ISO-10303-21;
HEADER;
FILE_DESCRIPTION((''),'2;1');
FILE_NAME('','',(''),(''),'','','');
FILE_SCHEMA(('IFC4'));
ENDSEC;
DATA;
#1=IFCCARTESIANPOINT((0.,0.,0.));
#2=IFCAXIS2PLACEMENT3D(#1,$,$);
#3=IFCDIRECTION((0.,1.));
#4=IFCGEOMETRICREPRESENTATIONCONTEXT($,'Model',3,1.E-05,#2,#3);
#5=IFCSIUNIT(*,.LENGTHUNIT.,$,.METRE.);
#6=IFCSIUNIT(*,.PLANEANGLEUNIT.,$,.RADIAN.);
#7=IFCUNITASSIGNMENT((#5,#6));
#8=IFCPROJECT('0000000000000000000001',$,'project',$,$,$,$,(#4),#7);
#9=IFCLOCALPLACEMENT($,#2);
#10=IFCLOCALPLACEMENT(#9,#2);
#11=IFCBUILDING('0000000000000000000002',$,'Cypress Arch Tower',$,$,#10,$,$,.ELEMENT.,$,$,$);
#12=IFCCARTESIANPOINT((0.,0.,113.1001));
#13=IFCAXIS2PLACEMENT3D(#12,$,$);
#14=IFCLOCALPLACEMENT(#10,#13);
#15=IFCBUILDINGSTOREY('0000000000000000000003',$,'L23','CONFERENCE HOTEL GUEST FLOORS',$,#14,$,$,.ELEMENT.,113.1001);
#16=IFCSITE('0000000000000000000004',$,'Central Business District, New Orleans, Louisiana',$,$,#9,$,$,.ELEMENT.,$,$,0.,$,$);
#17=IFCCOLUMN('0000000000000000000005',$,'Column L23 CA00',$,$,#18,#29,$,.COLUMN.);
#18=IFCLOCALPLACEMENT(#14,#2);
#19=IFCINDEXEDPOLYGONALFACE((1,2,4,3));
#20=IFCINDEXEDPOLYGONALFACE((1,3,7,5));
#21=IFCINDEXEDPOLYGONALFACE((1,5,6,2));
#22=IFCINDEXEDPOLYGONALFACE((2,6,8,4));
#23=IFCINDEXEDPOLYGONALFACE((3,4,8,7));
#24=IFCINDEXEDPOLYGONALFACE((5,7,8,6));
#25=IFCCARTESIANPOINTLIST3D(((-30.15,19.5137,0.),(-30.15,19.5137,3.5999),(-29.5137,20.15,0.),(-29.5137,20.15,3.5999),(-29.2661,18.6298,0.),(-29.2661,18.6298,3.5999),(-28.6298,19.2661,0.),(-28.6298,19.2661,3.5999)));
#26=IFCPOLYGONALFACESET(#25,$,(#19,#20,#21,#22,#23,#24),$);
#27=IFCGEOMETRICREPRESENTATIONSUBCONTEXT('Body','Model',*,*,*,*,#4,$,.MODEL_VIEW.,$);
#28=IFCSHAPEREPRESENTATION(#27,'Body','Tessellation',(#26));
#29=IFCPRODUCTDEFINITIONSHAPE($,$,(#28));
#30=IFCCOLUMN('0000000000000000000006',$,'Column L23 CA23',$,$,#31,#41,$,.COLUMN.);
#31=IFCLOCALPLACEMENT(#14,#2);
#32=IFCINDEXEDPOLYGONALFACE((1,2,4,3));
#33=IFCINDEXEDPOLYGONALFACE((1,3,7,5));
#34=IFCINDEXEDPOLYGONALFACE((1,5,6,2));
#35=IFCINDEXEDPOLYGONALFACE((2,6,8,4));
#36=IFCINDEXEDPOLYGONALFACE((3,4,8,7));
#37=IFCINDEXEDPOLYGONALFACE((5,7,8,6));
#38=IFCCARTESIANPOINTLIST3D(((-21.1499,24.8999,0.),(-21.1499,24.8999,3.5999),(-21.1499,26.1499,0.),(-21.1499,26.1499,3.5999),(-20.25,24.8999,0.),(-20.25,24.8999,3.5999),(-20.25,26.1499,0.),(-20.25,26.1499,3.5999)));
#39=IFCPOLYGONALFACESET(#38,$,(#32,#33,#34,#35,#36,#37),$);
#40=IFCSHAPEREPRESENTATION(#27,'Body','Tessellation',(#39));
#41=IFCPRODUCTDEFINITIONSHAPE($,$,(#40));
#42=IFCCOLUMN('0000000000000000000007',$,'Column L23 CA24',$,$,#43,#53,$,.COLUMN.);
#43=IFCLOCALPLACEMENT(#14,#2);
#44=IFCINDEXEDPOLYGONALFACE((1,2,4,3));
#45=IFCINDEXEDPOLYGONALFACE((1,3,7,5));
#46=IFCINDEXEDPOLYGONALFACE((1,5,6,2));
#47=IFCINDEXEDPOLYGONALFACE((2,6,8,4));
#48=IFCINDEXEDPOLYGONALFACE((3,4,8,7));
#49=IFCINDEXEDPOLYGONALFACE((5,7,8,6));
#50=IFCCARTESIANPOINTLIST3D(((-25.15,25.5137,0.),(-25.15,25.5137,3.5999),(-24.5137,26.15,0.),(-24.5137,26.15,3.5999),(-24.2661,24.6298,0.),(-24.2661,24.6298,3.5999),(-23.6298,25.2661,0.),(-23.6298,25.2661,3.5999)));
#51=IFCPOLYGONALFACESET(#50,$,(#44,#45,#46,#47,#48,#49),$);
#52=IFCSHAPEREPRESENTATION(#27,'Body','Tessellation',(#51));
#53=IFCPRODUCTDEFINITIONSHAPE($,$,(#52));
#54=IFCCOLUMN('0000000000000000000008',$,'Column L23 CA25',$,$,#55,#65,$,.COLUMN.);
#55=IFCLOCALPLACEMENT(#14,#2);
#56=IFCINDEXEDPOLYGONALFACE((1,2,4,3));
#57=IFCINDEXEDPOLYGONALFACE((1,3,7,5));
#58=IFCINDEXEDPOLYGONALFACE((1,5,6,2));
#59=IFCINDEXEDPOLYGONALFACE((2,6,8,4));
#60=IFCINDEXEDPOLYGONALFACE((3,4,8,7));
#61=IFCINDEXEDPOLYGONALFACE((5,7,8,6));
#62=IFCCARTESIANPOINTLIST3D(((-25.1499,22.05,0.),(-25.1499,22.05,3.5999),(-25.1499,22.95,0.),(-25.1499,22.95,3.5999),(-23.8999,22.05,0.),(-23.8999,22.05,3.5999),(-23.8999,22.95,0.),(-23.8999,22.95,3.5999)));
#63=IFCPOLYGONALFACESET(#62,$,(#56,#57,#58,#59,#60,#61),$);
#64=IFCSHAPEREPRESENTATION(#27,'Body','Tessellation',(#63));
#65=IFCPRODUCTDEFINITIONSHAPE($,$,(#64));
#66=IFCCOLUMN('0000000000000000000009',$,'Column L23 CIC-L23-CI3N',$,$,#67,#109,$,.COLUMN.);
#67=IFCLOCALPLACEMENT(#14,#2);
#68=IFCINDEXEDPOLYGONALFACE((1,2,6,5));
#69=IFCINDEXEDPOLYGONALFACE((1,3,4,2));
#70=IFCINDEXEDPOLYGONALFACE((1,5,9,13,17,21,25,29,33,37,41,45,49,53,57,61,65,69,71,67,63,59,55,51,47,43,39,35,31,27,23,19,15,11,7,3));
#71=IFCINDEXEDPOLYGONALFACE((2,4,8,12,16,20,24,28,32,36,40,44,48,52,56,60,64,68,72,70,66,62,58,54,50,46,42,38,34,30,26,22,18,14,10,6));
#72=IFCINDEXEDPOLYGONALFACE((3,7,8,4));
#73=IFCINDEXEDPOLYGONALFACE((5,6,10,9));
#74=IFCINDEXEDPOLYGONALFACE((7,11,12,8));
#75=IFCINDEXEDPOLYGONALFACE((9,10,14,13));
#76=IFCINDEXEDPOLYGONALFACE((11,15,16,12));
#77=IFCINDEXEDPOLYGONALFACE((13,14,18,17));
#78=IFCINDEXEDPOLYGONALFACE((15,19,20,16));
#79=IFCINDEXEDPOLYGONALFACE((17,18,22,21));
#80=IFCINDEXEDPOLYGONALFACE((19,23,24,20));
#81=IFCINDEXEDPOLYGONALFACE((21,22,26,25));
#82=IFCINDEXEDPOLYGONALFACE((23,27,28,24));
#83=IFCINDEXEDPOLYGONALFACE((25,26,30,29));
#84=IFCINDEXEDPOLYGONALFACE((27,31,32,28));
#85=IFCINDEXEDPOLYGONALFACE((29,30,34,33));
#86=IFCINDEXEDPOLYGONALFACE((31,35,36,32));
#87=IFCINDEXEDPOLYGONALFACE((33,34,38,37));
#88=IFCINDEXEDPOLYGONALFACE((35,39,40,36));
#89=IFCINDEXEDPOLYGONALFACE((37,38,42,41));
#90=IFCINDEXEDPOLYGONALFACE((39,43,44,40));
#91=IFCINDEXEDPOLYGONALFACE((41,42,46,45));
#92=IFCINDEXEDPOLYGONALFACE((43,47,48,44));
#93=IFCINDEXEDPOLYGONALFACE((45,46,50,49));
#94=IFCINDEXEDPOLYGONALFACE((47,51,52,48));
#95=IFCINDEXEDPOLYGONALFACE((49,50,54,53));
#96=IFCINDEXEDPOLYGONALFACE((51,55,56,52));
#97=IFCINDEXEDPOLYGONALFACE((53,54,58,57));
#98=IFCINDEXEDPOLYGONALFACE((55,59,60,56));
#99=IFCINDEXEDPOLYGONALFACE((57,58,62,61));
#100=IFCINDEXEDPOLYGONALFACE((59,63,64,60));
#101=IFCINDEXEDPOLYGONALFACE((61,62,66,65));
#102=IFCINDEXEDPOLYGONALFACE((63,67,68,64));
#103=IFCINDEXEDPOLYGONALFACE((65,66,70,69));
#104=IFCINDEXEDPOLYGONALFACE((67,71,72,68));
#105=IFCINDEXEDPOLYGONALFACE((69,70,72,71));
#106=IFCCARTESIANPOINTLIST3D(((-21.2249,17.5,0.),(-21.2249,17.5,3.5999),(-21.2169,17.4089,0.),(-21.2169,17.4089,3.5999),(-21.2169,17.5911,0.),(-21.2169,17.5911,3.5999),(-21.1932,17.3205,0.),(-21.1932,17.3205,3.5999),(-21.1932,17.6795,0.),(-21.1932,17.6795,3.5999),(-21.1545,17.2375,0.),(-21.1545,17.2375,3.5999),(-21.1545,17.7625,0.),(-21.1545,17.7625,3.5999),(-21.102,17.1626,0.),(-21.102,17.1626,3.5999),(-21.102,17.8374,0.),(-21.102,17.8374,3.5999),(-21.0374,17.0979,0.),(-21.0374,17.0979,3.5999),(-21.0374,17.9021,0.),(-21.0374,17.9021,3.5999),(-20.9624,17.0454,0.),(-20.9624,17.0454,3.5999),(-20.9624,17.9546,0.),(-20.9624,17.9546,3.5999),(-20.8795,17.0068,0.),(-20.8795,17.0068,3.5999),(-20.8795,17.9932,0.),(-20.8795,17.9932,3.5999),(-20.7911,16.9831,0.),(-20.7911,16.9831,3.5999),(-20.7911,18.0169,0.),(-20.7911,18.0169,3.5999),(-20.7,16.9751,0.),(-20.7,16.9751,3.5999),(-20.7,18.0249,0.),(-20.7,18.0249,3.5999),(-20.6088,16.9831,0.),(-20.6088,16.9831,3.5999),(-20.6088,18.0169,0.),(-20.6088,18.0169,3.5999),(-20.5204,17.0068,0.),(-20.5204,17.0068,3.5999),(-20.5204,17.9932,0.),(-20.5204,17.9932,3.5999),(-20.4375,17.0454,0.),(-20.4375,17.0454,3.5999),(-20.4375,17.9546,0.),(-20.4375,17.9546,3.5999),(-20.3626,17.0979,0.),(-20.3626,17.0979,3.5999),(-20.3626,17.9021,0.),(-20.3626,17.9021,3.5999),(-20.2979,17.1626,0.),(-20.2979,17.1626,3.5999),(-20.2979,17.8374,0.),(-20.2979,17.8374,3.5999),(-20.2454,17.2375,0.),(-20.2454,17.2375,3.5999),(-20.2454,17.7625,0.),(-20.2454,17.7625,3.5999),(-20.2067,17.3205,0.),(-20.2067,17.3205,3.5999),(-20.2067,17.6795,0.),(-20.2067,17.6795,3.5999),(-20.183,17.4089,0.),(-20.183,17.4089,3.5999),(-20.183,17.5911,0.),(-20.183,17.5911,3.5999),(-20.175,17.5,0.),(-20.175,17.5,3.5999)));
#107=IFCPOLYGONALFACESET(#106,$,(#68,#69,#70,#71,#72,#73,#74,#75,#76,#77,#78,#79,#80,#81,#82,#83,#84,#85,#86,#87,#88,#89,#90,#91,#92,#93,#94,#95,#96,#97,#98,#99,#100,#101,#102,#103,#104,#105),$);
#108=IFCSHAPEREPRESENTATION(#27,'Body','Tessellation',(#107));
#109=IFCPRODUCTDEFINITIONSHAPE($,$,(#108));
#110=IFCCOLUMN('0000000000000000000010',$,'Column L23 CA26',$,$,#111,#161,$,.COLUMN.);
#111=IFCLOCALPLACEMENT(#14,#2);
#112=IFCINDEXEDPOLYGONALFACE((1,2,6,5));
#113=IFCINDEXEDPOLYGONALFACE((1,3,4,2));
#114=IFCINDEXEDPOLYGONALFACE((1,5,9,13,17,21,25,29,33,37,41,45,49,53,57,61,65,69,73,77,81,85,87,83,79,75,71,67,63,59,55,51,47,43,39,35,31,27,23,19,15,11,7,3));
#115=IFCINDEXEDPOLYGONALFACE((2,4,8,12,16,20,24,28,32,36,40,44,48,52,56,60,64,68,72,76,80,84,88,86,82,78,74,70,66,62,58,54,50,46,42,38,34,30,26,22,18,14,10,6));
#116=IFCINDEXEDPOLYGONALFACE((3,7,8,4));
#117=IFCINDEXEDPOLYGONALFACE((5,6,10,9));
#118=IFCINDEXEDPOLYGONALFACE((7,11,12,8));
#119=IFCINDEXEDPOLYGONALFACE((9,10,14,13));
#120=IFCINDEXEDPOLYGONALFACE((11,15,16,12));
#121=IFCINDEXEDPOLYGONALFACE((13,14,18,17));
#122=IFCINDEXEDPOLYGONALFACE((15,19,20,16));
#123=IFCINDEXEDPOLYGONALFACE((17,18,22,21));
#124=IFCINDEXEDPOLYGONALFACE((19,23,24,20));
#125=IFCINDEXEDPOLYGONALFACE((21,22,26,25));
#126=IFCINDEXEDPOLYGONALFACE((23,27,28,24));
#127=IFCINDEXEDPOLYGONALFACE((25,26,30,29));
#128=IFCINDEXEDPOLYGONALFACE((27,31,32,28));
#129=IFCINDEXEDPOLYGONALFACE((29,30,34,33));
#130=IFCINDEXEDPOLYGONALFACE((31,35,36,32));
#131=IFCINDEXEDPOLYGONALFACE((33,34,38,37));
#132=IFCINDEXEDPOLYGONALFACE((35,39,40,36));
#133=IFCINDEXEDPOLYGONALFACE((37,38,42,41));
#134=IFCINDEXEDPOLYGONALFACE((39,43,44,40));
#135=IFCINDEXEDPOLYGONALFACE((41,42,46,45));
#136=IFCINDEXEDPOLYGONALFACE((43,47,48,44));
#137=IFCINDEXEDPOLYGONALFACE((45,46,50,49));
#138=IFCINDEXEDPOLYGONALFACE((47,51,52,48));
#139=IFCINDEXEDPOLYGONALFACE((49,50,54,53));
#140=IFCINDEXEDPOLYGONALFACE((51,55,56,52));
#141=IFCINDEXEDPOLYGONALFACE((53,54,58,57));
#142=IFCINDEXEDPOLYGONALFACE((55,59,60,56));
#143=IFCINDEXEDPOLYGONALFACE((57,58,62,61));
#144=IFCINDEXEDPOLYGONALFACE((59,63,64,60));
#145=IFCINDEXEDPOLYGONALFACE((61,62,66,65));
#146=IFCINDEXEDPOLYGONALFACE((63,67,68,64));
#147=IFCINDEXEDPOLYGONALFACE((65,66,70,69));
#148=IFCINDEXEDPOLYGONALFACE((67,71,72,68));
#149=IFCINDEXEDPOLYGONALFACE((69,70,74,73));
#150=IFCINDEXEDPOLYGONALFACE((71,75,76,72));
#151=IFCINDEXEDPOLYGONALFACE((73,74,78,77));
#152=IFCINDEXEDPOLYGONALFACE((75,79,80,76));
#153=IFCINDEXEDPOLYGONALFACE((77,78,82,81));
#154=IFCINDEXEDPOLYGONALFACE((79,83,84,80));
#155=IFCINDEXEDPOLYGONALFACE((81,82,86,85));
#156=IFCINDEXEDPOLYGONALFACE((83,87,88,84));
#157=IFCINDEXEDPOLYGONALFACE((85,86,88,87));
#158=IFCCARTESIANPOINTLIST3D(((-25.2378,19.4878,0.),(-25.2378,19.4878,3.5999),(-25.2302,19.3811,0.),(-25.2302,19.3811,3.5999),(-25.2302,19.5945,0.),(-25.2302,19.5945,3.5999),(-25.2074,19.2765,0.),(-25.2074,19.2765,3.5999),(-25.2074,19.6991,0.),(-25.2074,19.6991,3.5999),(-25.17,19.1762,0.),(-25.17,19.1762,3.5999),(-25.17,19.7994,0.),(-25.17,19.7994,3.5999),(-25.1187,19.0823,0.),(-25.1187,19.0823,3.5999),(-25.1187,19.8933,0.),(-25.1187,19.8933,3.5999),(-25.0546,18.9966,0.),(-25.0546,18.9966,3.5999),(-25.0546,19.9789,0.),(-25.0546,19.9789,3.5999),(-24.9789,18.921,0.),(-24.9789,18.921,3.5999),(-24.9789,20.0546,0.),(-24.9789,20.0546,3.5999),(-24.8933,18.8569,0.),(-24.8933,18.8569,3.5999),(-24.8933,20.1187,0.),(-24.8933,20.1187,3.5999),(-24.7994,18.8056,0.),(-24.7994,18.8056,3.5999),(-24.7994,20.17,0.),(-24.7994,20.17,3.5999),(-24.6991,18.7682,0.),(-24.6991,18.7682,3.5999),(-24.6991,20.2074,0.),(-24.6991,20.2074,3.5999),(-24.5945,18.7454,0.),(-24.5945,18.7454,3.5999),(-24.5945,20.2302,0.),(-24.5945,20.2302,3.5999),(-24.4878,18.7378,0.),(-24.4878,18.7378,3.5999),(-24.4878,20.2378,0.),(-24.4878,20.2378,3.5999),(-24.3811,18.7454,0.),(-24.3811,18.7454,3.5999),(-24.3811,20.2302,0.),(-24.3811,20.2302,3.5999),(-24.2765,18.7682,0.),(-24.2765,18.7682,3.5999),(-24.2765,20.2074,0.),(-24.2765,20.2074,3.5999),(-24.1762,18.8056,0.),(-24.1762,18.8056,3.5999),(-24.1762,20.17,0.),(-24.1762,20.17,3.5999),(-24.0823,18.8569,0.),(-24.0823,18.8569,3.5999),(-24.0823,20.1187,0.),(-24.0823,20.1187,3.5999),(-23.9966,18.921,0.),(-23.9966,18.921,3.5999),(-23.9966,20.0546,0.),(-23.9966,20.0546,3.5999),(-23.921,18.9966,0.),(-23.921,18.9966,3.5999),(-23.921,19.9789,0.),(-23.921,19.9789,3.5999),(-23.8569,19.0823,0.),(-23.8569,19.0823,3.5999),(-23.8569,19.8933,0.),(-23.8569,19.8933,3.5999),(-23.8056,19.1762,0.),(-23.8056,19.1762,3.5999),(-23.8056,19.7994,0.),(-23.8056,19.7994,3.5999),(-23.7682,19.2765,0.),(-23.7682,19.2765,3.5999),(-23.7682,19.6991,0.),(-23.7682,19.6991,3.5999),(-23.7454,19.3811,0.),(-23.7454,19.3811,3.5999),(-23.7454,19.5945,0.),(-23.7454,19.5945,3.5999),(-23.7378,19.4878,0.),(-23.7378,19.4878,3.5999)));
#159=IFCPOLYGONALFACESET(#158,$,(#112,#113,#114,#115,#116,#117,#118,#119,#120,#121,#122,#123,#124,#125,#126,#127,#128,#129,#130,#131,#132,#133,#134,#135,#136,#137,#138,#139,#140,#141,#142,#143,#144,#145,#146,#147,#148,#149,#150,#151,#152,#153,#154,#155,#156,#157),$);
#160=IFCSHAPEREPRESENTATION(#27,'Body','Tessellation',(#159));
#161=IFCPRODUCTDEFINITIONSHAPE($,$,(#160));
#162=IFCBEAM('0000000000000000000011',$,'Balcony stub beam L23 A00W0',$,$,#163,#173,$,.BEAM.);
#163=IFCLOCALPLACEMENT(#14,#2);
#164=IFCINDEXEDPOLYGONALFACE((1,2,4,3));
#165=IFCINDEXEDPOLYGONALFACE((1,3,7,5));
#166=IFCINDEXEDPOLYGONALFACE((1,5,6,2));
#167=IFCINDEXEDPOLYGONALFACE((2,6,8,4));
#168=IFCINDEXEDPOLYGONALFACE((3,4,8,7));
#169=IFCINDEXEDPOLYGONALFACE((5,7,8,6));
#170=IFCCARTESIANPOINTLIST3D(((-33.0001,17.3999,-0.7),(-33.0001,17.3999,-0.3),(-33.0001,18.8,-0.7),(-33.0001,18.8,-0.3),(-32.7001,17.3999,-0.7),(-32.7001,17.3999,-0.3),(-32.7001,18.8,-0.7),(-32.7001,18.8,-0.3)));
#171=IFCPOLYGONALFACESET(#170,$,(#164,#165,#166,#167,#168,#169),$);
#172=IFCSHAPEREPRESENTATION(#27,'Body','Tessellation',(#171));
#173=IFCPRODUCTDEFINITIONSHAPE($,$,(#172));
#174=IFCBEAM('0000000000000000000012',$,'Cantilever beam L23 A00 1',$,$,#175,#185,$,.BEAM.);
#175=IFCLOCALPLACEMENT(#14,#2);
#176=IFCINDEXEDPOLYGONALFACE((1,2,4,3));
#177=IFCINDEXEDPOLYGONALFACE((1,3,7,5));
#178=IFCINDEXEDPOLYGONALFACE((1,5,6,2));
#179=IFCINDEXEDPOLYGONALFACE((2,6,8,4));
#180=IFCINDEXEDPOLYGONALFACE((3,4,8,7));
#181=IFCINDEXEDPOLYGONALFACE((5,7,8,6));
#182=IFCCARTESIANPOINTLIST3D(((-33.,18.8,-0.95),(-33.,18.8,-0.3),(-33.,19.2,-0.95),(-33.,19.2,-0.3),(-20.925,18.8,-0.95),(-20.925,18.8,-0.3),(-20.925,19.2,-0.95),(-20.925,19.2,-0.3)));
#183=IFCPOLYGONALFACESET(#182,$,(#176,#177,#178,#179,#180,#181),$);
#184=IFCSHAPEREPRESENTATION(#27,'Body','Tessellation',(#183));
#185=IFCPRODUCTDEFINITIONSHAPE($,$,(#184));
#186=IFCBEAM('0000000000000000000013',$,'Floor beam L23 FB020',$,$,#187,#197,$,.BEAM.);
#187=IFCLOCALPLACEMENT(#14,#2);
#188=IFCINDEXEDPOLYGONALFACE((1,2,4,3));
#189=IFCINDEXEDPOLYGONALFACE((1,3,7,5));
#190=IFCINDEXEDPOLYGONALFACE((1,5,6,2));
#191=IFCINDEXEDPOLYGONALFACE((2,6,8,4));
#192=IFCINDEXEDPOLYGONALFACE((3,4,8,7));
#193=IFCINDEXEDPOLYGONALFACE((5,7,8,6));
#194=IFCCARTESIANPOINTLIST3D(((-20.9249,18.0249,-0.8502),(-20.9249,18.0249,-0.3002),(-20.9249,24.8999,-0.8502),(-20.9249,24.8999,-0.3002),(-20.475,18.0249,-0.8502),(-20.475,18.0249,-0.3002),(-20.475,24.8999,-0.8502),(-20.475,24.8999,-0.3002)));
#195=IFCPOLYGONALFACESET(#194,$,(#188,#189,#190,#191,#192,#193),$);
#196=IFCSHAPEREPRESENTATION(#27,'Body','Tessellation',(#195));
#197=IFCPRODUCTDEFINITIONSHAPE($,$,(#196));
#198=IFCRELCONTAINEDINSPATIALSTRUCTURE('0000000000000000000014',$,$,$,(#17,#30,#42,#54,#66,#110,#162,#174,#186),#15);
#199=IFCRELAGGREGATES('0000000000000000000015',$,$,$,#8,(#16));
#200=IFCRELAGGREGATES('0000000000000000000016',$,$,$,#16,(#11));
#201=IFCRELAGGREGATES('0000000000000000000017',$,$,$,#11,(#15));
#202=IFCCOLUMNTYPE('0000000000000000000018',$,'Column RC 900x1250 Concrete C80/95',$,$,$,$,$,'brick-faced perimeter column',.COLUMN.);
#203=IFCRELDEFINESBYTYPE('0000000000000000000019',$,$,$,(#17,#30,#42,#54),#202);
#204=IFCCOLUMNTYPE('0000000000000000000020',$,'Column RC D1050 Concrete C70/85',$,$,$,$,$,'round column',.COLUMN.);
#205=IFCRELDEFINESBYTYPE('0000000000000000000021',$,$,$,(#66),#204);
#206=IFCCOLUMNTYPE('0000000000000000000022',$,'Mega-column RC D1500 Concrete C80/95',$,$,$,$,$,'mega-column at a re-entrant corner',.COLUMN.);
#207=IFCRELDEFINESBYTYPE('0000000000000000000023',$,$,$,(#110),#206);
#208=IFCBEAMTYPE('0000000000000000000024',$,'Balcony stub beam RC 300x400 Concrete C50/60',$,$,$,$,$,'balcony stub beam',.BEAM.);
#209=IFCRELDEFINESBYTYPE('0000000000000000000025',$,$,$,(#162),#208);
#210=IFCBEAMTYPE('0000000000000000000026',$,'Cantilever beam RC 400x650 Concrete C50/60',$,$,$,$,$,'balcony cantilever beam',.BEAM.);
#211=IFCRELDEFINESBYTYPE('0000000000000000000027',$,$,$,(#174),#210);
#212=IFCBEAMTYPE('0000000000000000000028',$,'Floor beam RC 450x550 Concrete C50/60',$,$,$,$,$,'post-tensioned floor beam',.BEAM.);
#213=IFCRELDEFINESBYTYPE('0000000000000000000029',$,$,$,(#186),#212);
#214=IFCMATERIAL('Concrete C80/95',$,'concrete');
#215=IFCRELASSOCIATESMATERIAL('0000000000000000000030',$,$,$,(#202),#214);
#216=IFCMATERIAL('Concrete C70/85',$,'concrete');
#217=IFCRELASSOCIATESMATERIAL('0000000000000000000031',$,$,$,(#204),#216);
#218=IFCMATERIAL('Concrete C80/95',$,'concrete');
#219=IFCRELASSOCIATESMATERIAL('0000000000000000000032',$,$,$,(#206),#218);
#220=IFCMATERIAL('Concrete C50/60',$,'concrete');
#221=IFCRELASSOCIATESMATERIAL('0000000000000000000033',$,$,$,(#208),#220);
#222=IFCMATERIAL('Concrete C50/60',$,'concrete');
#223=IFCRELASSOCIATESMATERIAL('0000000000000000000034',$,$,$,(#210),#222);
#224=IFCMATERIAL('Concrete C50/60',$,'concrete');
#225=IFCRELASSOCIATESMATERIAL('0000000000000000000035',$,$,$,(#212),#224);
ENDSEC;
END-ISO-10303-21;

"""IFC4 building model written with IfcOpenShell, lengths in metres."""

from ifc_helpers import new_model, si_unit, direction, frame, origin, origin_2d, place, context, subcontext, project, spatial, rectangle, circle, extrude, material, material_profile, profile_set, type_object, element, save


model = new_model("IFC4")

# Units and contexts
model_context = context("Model", 3, precision=1e-05, world=origin(), true_north=direction((0.0, 1.0)))
body_context = subcontext(model_context, "Body", "Model", "MODEL_VIEW")
ifc_project = project(units=[si_unit("LENGTHUNIT", "METRE"), si_unit("PLANEANGLEUNIT", "RADIAN")], contexts=[model_context])

# Site, building, storey
site_placement = place(None, origin())
site = spatial("IfcSite", under=ifc_project, at=site_placement, Name="Central Business District, New Orleans, Louisiana", CompositionType="ELEMENT", RefElevation=0.0)
building_placement = place(site_placement, origin())
building = spatial("IfcBuilding", under=site, at=building_placement, Name="Cypress Arch Tower", CompositionType="ELEMENT")
storey_placement = place(building_placement, frame((0.0, 0.0, 113.1001)))
storey = spatial("IfcBuildingStorey", under=building, at=storey_placement, Name="L23", Description="CONFERENCE HOTEL GUEST FLOORS", CompositionType="ELEMENT", Elevation=113.1001)

# Columns
ifc_material_1 = material(Name="Concrete C80/95", Category="concrete")
ifc_material_profile_1 = material_profile(ifc_material_1, rectangle(XDim=0.8999, YDim=1.25, at=origin_2d()), Name="RC 900x1250")
ifc_profile_set_1 = profile_set([ifc_material_profile_1], Name="Concrete C80/95")
column_type_1 = type_object("IfcColumnType", Name="Column RC 900x1250 Concrete C80/95", ElementType="brick-faced perimeter column", PredefinedType="COLUMN", material=ifc_profile_set_1)
for number, where, z_axis, x_axis, name in (
    (1, (-29.3899, 19.3899, 0.0), (0.0, 0.0, 1.0), (-0.707107, -0.707107, 0.0), "Column L23 CA00"),
    (2, (-20.7, 25.5249, 0.0), (0.0, 0.0, 1.0), (-1.0, 0.0, 0.0), "Column L23 CA23"),
    (3, (-24.3899, 25.3899, 0.0), (0.0, 0.0, 1.0), (-0.707107, -0.707107, 0.0), "Column L23 CA24"),
    (4, (-24.5249, 22.5, 0.0), (0.0, 0.0, 1.0), (0.0, -1.0, 0.0), "Column L23 CA25"),
):
    element("IfcColumn", number, at=place(storey_placement, frame(where, z_axis=z_axis, x_axis=x_axis)), inside=storey, type_object=column_type_1, Name=name, PredefinedType="COLUMN", context=body_context, shape_type="SweptSolid", body=[
        extrude(rectangle(XDim=0.8999, YDim=1.25, at=origin_2d()), origin(), (0.0, 0.0, 1.0), 3.5999),
    ])
ifc_material_2 = material(Name="Concrete C70/85", Category="concrete")
ifc_material_profile_2 = material_profile(ifc_material_2, circle(Radius=0.5249, at=origin_2d()), Name="RC D1050")
ifc_profile_set_2 = profile_set([ifc_material_profile_2], Name="Concrete C70/85")
column_type_2 = type_object("IfcColumnType", Name="Column RC D1050 Concrete C70/85", ElementType="round column", PredefinedType="COLUMN", material=ifc_profile_set_2)
column_1_placement = place(storey_placement, frame((-20.7, 17.5, 0.0), z_axis=(0.0, 0.0, 1.0), x_axis=(1.0, 0.0, 0.0)))
element("IfcColumn", 5, at=column_1_placement, inside=storey, type_object=column_type_2, Name="Column L23 CIC-L23-CI3N", PredefinedType="COLUMN", context=body_context, shape_type="SweptSolid", body=[
    extrude(circle(Radius=0.5249, at=origin_2d()), origin(), (0.0, 0.0, 1.0), 3.5999),
])
ifc_material_3 = material(Name="Concrete C80/95", Category="concrete")
ifc_material_profile_3 = material_profile(ifc_material_3, circle(Radius=0.75, at=origin_2d()), Name="RC D1500")
ifc_profile_set_3 = profile_set([ifc_material_profile_3], Name="Concrete C80/95")
column_type_3 = type_object("IfcColumnType", Name="Mega-column RC D1500 Concrete C80/95", ElementType="mega-column at a re-entrant corner", PredefinedType="COLUMN", material=ifc_profile_set_3)
column_2_placement = place(storey_placement, frame((-24.4878, 19.4878, 0.0), z_axis=(0.0, 0.0, 1.0), x_axis=(1.0, 0.0, 0.0)))
element("IfcColumn", 6, at=column_2_placement, inside=storey, type_object=column_type_3, Name="Column L23 CA26", PredefinedType="COLUMN", context=body_context, shape_type="SweptSolid", body=[
    extrude(circle(Radius=0.75, at=origin_2d()), origin(), (0.0, 0.0, 1.0), 3.5999),
])

# Beams
ifc_material_4 = material(Name="Concrete C50/60", Category="concrete")
ifc_material_profile_4 = material_profile(ifc_material_4, rectangle(XDim=0.3, YDim=0.3999, at=origin_2d()), Name="RC 300x400")
ifc_profile_set_4 = profile_set([ifc_material_profile_4], Name="Concrete C50/60")
beam_type_1 = type_object("IfcBeamType", Name="Balcony stub beam RC 300x400 Concrete C50/60", ElementType="balcony stub beam", PredefinedType="BEAM", material=ifc_profile_set_4)
beam_1_placement = place(storey_placement, frame((-32.8501, 18.8, -0.5), z_axis=(0.0, -1.0, 0.0), x_axis=(1.0, 0.0, 0.0)))
element("IfcBeam", 7, at=beam_1_placement, inside=storey, type_object=beam_type_1, Name="Balcony stub beam L23 A00W0", PredefinedType="BEAM", context=body_context, shape_type="SweptSolid", body=[
    extrude(rectangle(XDim=0.3, YDim=0.3999, at=origin_2d()), origin(), (0.0, 0.0, 1.0), 1.4001),
])
ifc_material_5 = material(Name="Concrete C50/60", Category="concrete")
ifc_material_profile_5 = material_profile(ifc_material_5, rectangle(XDim=0.3999, YDim=0.6499, at=origin_2d()), Name="RC 400x650")
ifc_profile_set_5 = profile_set([ifc_material_profile_5], Name="Concrete C50/60")
beam_type_2 = type_object("IfcBeamType", Name="Cantilever beam RC 400x650 Concrete C50/60", ElementType="balcony cantilever beam", PredefinedType="BEAM", material=ifc_profile_set_5)
beam_2_placement = place(storey_placement, frame((-20.925, 19.0, -0.625), z_axis=(-1.0, 0.0, 0.0), x_axis=(0.0, -1.0, 0.0)))
element("IfcBeam", 8, at=beam_2_placement, inside=storey, type_object=beam_type_2, Name="Cantilever beam L23 A00 1", PredefinedType="BEAM", context=body_context, shape_type="SweptSolid", body=[
    extrude(rectangle(XDim=0.3999, YDim=0.6499, at=origin_2d()), origin(), (0.0, 0.0, 1.0), 12.075),
])
ifc_material_6 = material(Name="Concrete C50/60", Category="concrete")
ifc_material_profile_6 = material_profile(ifc_material_6, rectangle(XDim=0.45, YDim=0.55, at=origin_2d()), Name="RC 450x550")
ifc_profile_set_6 = profile_set([ifc_material_profile_6], Name="Concrete C50/60")
beam_type_3 = type_object("IfcBeamType", Name="Floor beam RC 450x550 Concrete C50/60", ElementType="post-tensioned floor beam", PredefinedType="BEAM", material=ifc_profile_set_6)
beam_3_placement = place(storey_placement, frame((-20.7, 18.0249, -0.5752), z_axis=(0.0, 1.0, 0.0), x_axis=(-1.0, 0.0, 0.0)))
element("IfcBeam", 9, at=beam_3_placement, inside=storey, type_object=beam_type_3, Name="Floor beam L23 FB020", PredefinedType="BEAM", context=body_context, shape_type="SweptSolid", body=[
    extrude(rectangle(XDim=0.45, YDim=0.55, at=origin_2d()), origin(), (0.0, 0.0, 1.0), 6.875),
])

save(model, "model.ifc")
